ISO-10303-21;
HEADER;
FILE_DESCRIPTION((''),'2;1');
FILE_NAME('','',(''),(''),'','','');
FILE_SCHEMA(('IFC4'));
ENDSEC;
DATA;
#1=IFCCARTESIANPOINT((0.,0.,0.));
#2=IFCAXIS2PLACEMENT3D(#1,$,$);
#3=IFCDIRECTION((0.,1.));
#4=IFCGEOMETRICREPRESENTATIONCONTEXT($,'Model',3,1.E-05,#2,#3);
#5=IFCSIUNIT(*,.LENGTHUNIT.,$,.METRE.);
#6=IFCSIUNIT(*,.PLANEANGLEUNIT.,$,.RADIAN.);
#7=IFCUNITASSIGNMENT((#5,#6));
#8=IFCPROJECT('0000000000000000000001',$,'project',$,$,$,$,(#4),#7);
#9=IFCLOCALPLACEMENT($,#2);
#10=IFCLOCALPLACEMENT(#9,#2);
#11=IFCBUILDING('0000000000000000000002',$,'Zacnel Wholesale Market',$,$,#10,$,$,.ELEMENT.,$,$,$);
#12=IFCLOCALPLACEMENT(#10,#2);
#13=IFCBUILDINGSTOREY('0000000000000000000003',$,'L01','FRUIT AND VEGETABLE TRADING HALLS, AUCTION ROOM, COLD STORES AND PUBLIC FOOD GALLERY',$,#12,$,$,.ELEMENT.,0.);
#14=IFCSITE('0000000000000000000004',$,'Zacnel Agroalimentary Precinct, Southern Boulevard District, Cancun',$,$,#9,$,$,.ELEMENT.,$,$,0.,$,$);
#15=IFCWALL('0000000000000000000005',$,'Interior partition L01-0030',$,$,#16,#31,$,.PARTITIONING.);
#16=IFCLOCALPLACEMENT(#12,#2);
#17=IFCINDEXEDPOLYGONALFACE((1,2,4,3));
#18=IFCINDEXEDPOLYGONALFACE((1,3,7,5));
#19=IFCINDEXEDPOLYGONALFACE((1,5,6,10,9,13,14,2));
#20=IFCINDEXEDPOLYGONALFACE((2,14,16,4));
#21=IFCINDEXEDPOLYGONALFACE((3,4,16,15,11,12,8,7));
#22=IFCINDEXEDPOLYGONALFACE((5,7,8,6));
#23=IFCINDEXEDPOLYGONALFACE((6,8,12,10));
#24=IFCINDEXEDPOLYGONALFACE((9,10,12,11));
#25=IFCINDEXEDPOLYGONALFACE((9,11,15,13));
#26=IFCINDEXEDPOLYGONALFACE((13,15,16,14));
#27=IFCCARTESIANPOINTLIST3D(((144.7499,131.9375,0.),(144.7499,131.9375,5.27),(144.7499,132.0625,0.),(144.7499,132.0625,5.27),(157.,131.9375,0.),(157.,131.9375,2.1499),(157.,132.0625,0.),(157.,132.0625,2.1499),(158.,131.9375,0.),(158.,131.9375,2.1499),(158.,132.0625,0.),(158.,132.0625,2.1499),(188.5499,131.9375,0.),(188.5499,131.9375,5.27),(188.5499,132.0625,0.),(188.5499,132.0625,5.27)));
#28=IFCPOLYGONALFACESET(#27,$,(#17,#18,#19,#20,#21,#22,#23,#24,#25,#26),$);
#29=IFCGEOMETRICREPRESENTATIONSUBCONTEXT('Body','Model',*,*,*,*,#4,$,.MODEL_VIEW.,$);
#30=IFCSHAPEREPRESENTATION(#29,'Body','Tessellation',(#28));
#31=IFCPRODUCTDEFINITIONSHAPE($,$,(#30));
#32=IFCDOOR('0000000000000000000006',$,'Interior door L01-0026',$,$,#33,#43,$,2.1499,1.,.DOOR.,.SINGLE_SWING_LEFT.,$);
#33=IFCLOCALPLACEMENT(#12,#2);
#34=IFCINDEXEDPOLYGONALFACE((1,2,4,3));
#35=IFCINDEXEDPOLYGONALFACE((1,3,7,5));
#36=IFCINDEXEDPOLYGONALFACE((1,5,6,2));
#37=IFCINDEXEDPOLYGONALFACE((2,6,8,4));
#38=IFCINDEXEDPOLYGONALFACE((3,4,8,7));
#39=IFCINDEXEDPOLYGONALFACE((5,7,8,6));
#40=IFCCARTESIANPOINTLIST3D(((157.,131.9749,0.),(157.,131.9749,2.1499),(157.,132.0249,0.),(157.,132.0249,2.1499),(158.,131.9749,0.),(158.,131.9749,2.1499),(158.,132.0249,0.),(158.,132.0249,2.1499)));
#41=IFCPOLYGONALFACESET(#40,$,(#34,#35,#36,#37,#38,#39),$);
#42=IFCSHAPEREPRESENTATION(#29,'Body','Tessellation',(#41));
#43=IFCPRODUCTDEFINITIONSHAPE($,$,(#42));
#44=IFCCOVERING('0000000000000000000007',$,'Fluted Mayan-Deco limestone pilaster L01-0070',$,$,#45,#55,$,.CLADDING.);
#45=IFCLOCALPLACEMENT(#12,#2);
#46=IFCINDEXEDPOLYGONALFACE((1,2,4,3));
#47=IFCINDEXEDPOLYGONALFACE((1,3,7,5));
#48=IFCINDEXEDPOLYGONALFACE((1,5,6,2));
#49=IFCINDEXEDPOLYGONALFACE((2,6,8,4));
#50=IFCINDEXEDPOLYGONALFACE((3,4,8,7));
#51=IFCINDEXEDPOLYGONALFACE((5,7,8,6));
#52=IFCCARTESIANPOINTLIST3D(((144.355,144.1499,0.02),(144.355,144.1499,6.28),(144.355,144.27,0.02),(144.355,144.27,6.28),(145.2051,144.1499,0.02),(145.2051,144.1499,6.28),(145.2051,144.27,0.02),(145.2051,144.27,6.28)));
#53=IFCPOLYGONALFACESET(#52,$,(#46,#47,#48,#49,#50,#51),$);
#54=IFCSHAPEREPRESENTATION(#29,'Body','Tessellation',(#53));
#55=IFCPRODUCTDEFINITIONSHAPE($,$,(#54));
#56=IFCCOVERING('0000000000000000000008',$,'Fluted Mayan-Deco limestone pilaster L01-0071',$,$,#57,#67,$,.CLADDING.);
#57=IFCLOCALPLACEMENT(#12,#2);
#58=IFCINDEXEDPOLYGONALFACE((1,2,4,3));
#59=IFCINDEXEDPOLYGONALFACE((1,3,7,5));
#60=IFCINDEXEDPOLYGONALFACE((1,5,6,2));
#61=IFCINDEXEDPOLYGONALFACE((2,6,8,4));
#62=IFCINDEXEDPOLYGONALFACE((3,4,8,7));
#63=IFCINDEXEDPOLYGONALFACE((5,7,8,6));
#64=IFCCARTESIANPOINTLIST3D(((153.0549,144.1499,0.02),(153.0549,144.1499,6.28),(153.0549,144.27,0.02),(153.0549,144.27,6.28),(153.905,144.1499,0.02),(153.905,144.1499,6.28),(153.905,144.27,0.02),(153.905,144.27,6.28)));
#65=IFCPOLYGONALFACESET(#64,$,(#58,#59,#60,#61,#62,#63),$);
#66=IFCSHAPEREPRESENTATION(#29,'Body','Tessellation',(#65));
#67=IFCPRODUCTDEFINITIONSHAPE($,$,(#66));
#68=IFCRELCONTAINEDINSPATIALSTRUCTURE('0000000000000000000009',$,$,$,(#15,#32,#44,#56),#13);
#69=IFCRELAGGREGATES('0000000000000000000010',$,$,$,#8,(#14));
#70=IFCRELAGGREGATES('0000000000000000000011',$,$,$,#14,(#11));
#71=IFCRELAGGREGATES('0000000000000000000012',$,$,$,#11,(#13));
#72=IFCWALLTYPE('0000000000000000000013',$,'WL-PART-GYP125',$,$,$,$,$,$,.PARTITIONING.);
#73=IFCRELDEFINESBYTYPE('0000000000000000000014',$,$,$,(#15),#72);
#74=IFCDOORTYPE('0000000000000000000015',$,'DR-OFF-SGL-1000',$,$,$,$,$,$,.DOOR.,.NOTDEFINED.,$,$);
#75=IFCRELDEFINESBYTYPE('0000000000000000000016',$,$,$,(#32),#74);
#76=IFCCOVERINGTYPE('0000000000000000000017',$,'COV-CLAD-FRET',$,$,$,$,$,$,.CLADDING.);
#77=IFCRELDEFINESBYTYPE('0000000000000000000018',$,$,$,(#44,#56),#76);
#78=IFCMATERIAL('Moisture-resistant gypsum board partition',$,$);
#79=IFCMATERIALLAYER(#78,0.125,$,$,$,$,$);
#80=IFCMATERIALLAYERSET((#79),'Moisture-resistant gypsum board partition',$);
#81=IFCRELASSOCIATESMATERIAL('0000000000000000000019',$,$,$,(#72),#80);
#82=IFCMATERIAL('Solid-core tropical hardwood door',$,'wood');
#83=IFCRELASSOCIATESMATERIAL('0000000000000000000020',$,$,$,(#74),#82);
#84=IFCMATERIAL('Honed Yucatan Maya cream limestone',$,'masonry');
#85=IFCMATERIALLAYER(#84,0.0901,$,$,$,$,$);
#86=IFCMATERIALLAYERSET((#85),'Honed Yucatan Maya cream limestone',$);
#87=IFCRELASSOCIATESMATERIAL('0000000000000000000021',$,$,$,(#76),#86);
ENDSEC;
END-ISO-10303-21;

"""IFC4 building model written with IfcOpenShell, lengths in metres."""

from ifc_helpers import new_model, si_unit, direction, frame, frame_2d, origin, origin_2d, place, context, subcontext, project, spatial, rectangle, extrude, material, layer, layer_set, type_object, element, fill, save


model = new_model("IFC4")

# Units and contexts
model_context = context("Model", 3, precision=1e-05, world=origin(), true_north=direction((0.0, 1.0)))
body_context = subcontext(model_context, "Body", "Model", "MODEL_VIEW")
ifc_project = project(units=[si_unit("LENGTHUNIT", "METRE"), si_unit("PLANEANGLEUNIT", "RADIAN")], contexts=[model_context])

# Site, building, storey
site_placement = place(None, origin())
site = spatial("IfcSite", under=ifc_project, at=site_placement, Name="Zacnel Agroalimentary Precinct, Southern Boulevard District, Cancun", CompositionType="ELEMENT", RefElevation=0.0)
building_placement = place(site_placement, origin())
building = spatial("IfcBuilding", under=site, at=building_placement, Name="Zacnel Wholesale Market", CompositionType="ELEMENT")
storey_placement = place(building_placement, origin())
storey = spatial("IfcBuildingStorey", under=building, at=storey_placement, Name="L01", Description="FRUIT AND VEGETABLE TRADING HALLS, AUCTION ROOM, COLD STORES AND PUBLIC FOOD GALLERY", CompositionType="ELEMENT", Elevation=0.0)

# Wall, opening, door
ifc_material_1 = material(Name="Moisture-resistant gypsum board partition")
ifc_layer_1 = layer(ifc_material_1, 0.125)
ifc_layer_set_1 = layer_set([ifc_layer_1], Name="Moisture-resistant gypsum board partition")
wall_type_1 = type_object("IfcWallType", Name="WL-PART-GYP125", PredefinedType="PARTITIONING", material=ifc_layer_set_1)
wall_1_placement = place(storey_placement, frame((144.75, 132.0, 0.0), z_axis=(0.0, 0.0, 1.0), x_axis=(1.0, 0.0, 0.0)))
wall_1 = element("IfcWall", 1, at=wall_1_placement, inside=storey, type_object=wall_type_1, Name="Interior partition L01-0030", PredefinedType="PARTITIONING", context=body_context, shape_type="SweptSolid", body=[
    extrude(rectangle(XDim=43.8, YDim=0.125, at=frame_2d((21.8999, 0.0))), origin(), (0.0, 0.0, 1.0), 5.27),
])
opening_1_placement = place(wall_1_placement, frame((12.25, 0.0, 0.0)))
opening_1 = element("IfcOpeningElement", 2, at=opening_1_placement, cuts=wall_1, PredefinedType="OPENING", context=body_context, shape_type="SweptSolid", body=[
    extrude(rectangle(XDim=1.0, YDim=2.1499, at=frame_2d((0.5, 1.075))), frame((0.0, 0.0725, 0.0), z_axis=(0.0, -1.0, 0.0), x_axis=(1.0, 0.0, 0.0)), (0.0, 0.0, 1.0), 0.145),
])
ifc_material_2 = material(Name="Solid-core tropical hardwood door", Category="wood")
door_type_1 = type_object("IfcDoorType", Name="DR-OFF-SGL-1000", OperationType="NOTDEFINED", PredefinedType="DOOR", material=ifc_material_2)
door_1_placement = place(opening_1_placement, origin())
door_1 = element("IfcDoor", 3, at=door_1_placement, inside=storey, type_object=door_type_1, Name="Interior door L01-0026", OperationType="SINGLE_SWING_LEFT", OverallHeight=2.1499, OverallWidth=1.0, PredefinedType="DOOR", context=body_context, shape_type="SweptSolid", body=[
    extrude(rectangle(XDim=1.0, YDim=2.1499, at=frame_2d((0.5, 1.075))), frame((0.0, 0.0249, 0.0), z_axis=(0.0, -1.0, 0.0), x_axis=(1.0, 0.0, 0.0)), (0.0, 0.0, 1.0), 0.05),
])
fill(opening_1, door_1)

# Coverings
ifc_material_3 = material(Name="Honed Yucatan Maya cream limestone", Category="masonry")
ifc_layer_2 = layer(ifc_material_3, 0.0901)
ifc_layer_set_2 = layer_set([ifc_layer_2], Name="Honed Yucatan Maya cream limestone")
covering_type = type_object("IfcCoveringType", Name="COV-CLAD-FRET", PredefinedType="CLADDING", material=ifc_layer_set_2)
for number, where, z_axis, x_axis, name in (
    (4, (144.78, 144.21, 0.02), (0.0, 0.0, 1.0), (1.0, 0.0, 0.0), "Fluted Mayan-Deco limestone pilaster L01-0070"),
    (5, (153.48, 144.21, 0.02), (0.0, 0.0, 1.0), (1.0, 0.0, 0.0), "Fluted Mayan-Deco limestone pilaster L01-0071"),
):
    element("IfcCovering", number, at=place(storey_placement, frame(where, z_axis=z_axis, x_axis=x_axis)), inside=storey, type_object=covering_type, Name=name, PredefinedType="CLADDING", context=body_context, shape_type="SweptSolid", body=[
        extrude(rectangle(XDim=0.8501, YDim=0.1201, at=origin_2d()), origin(), (0.0, 0.0, 1.0), 6.26),
    ])

save(model, "model.ifc")
